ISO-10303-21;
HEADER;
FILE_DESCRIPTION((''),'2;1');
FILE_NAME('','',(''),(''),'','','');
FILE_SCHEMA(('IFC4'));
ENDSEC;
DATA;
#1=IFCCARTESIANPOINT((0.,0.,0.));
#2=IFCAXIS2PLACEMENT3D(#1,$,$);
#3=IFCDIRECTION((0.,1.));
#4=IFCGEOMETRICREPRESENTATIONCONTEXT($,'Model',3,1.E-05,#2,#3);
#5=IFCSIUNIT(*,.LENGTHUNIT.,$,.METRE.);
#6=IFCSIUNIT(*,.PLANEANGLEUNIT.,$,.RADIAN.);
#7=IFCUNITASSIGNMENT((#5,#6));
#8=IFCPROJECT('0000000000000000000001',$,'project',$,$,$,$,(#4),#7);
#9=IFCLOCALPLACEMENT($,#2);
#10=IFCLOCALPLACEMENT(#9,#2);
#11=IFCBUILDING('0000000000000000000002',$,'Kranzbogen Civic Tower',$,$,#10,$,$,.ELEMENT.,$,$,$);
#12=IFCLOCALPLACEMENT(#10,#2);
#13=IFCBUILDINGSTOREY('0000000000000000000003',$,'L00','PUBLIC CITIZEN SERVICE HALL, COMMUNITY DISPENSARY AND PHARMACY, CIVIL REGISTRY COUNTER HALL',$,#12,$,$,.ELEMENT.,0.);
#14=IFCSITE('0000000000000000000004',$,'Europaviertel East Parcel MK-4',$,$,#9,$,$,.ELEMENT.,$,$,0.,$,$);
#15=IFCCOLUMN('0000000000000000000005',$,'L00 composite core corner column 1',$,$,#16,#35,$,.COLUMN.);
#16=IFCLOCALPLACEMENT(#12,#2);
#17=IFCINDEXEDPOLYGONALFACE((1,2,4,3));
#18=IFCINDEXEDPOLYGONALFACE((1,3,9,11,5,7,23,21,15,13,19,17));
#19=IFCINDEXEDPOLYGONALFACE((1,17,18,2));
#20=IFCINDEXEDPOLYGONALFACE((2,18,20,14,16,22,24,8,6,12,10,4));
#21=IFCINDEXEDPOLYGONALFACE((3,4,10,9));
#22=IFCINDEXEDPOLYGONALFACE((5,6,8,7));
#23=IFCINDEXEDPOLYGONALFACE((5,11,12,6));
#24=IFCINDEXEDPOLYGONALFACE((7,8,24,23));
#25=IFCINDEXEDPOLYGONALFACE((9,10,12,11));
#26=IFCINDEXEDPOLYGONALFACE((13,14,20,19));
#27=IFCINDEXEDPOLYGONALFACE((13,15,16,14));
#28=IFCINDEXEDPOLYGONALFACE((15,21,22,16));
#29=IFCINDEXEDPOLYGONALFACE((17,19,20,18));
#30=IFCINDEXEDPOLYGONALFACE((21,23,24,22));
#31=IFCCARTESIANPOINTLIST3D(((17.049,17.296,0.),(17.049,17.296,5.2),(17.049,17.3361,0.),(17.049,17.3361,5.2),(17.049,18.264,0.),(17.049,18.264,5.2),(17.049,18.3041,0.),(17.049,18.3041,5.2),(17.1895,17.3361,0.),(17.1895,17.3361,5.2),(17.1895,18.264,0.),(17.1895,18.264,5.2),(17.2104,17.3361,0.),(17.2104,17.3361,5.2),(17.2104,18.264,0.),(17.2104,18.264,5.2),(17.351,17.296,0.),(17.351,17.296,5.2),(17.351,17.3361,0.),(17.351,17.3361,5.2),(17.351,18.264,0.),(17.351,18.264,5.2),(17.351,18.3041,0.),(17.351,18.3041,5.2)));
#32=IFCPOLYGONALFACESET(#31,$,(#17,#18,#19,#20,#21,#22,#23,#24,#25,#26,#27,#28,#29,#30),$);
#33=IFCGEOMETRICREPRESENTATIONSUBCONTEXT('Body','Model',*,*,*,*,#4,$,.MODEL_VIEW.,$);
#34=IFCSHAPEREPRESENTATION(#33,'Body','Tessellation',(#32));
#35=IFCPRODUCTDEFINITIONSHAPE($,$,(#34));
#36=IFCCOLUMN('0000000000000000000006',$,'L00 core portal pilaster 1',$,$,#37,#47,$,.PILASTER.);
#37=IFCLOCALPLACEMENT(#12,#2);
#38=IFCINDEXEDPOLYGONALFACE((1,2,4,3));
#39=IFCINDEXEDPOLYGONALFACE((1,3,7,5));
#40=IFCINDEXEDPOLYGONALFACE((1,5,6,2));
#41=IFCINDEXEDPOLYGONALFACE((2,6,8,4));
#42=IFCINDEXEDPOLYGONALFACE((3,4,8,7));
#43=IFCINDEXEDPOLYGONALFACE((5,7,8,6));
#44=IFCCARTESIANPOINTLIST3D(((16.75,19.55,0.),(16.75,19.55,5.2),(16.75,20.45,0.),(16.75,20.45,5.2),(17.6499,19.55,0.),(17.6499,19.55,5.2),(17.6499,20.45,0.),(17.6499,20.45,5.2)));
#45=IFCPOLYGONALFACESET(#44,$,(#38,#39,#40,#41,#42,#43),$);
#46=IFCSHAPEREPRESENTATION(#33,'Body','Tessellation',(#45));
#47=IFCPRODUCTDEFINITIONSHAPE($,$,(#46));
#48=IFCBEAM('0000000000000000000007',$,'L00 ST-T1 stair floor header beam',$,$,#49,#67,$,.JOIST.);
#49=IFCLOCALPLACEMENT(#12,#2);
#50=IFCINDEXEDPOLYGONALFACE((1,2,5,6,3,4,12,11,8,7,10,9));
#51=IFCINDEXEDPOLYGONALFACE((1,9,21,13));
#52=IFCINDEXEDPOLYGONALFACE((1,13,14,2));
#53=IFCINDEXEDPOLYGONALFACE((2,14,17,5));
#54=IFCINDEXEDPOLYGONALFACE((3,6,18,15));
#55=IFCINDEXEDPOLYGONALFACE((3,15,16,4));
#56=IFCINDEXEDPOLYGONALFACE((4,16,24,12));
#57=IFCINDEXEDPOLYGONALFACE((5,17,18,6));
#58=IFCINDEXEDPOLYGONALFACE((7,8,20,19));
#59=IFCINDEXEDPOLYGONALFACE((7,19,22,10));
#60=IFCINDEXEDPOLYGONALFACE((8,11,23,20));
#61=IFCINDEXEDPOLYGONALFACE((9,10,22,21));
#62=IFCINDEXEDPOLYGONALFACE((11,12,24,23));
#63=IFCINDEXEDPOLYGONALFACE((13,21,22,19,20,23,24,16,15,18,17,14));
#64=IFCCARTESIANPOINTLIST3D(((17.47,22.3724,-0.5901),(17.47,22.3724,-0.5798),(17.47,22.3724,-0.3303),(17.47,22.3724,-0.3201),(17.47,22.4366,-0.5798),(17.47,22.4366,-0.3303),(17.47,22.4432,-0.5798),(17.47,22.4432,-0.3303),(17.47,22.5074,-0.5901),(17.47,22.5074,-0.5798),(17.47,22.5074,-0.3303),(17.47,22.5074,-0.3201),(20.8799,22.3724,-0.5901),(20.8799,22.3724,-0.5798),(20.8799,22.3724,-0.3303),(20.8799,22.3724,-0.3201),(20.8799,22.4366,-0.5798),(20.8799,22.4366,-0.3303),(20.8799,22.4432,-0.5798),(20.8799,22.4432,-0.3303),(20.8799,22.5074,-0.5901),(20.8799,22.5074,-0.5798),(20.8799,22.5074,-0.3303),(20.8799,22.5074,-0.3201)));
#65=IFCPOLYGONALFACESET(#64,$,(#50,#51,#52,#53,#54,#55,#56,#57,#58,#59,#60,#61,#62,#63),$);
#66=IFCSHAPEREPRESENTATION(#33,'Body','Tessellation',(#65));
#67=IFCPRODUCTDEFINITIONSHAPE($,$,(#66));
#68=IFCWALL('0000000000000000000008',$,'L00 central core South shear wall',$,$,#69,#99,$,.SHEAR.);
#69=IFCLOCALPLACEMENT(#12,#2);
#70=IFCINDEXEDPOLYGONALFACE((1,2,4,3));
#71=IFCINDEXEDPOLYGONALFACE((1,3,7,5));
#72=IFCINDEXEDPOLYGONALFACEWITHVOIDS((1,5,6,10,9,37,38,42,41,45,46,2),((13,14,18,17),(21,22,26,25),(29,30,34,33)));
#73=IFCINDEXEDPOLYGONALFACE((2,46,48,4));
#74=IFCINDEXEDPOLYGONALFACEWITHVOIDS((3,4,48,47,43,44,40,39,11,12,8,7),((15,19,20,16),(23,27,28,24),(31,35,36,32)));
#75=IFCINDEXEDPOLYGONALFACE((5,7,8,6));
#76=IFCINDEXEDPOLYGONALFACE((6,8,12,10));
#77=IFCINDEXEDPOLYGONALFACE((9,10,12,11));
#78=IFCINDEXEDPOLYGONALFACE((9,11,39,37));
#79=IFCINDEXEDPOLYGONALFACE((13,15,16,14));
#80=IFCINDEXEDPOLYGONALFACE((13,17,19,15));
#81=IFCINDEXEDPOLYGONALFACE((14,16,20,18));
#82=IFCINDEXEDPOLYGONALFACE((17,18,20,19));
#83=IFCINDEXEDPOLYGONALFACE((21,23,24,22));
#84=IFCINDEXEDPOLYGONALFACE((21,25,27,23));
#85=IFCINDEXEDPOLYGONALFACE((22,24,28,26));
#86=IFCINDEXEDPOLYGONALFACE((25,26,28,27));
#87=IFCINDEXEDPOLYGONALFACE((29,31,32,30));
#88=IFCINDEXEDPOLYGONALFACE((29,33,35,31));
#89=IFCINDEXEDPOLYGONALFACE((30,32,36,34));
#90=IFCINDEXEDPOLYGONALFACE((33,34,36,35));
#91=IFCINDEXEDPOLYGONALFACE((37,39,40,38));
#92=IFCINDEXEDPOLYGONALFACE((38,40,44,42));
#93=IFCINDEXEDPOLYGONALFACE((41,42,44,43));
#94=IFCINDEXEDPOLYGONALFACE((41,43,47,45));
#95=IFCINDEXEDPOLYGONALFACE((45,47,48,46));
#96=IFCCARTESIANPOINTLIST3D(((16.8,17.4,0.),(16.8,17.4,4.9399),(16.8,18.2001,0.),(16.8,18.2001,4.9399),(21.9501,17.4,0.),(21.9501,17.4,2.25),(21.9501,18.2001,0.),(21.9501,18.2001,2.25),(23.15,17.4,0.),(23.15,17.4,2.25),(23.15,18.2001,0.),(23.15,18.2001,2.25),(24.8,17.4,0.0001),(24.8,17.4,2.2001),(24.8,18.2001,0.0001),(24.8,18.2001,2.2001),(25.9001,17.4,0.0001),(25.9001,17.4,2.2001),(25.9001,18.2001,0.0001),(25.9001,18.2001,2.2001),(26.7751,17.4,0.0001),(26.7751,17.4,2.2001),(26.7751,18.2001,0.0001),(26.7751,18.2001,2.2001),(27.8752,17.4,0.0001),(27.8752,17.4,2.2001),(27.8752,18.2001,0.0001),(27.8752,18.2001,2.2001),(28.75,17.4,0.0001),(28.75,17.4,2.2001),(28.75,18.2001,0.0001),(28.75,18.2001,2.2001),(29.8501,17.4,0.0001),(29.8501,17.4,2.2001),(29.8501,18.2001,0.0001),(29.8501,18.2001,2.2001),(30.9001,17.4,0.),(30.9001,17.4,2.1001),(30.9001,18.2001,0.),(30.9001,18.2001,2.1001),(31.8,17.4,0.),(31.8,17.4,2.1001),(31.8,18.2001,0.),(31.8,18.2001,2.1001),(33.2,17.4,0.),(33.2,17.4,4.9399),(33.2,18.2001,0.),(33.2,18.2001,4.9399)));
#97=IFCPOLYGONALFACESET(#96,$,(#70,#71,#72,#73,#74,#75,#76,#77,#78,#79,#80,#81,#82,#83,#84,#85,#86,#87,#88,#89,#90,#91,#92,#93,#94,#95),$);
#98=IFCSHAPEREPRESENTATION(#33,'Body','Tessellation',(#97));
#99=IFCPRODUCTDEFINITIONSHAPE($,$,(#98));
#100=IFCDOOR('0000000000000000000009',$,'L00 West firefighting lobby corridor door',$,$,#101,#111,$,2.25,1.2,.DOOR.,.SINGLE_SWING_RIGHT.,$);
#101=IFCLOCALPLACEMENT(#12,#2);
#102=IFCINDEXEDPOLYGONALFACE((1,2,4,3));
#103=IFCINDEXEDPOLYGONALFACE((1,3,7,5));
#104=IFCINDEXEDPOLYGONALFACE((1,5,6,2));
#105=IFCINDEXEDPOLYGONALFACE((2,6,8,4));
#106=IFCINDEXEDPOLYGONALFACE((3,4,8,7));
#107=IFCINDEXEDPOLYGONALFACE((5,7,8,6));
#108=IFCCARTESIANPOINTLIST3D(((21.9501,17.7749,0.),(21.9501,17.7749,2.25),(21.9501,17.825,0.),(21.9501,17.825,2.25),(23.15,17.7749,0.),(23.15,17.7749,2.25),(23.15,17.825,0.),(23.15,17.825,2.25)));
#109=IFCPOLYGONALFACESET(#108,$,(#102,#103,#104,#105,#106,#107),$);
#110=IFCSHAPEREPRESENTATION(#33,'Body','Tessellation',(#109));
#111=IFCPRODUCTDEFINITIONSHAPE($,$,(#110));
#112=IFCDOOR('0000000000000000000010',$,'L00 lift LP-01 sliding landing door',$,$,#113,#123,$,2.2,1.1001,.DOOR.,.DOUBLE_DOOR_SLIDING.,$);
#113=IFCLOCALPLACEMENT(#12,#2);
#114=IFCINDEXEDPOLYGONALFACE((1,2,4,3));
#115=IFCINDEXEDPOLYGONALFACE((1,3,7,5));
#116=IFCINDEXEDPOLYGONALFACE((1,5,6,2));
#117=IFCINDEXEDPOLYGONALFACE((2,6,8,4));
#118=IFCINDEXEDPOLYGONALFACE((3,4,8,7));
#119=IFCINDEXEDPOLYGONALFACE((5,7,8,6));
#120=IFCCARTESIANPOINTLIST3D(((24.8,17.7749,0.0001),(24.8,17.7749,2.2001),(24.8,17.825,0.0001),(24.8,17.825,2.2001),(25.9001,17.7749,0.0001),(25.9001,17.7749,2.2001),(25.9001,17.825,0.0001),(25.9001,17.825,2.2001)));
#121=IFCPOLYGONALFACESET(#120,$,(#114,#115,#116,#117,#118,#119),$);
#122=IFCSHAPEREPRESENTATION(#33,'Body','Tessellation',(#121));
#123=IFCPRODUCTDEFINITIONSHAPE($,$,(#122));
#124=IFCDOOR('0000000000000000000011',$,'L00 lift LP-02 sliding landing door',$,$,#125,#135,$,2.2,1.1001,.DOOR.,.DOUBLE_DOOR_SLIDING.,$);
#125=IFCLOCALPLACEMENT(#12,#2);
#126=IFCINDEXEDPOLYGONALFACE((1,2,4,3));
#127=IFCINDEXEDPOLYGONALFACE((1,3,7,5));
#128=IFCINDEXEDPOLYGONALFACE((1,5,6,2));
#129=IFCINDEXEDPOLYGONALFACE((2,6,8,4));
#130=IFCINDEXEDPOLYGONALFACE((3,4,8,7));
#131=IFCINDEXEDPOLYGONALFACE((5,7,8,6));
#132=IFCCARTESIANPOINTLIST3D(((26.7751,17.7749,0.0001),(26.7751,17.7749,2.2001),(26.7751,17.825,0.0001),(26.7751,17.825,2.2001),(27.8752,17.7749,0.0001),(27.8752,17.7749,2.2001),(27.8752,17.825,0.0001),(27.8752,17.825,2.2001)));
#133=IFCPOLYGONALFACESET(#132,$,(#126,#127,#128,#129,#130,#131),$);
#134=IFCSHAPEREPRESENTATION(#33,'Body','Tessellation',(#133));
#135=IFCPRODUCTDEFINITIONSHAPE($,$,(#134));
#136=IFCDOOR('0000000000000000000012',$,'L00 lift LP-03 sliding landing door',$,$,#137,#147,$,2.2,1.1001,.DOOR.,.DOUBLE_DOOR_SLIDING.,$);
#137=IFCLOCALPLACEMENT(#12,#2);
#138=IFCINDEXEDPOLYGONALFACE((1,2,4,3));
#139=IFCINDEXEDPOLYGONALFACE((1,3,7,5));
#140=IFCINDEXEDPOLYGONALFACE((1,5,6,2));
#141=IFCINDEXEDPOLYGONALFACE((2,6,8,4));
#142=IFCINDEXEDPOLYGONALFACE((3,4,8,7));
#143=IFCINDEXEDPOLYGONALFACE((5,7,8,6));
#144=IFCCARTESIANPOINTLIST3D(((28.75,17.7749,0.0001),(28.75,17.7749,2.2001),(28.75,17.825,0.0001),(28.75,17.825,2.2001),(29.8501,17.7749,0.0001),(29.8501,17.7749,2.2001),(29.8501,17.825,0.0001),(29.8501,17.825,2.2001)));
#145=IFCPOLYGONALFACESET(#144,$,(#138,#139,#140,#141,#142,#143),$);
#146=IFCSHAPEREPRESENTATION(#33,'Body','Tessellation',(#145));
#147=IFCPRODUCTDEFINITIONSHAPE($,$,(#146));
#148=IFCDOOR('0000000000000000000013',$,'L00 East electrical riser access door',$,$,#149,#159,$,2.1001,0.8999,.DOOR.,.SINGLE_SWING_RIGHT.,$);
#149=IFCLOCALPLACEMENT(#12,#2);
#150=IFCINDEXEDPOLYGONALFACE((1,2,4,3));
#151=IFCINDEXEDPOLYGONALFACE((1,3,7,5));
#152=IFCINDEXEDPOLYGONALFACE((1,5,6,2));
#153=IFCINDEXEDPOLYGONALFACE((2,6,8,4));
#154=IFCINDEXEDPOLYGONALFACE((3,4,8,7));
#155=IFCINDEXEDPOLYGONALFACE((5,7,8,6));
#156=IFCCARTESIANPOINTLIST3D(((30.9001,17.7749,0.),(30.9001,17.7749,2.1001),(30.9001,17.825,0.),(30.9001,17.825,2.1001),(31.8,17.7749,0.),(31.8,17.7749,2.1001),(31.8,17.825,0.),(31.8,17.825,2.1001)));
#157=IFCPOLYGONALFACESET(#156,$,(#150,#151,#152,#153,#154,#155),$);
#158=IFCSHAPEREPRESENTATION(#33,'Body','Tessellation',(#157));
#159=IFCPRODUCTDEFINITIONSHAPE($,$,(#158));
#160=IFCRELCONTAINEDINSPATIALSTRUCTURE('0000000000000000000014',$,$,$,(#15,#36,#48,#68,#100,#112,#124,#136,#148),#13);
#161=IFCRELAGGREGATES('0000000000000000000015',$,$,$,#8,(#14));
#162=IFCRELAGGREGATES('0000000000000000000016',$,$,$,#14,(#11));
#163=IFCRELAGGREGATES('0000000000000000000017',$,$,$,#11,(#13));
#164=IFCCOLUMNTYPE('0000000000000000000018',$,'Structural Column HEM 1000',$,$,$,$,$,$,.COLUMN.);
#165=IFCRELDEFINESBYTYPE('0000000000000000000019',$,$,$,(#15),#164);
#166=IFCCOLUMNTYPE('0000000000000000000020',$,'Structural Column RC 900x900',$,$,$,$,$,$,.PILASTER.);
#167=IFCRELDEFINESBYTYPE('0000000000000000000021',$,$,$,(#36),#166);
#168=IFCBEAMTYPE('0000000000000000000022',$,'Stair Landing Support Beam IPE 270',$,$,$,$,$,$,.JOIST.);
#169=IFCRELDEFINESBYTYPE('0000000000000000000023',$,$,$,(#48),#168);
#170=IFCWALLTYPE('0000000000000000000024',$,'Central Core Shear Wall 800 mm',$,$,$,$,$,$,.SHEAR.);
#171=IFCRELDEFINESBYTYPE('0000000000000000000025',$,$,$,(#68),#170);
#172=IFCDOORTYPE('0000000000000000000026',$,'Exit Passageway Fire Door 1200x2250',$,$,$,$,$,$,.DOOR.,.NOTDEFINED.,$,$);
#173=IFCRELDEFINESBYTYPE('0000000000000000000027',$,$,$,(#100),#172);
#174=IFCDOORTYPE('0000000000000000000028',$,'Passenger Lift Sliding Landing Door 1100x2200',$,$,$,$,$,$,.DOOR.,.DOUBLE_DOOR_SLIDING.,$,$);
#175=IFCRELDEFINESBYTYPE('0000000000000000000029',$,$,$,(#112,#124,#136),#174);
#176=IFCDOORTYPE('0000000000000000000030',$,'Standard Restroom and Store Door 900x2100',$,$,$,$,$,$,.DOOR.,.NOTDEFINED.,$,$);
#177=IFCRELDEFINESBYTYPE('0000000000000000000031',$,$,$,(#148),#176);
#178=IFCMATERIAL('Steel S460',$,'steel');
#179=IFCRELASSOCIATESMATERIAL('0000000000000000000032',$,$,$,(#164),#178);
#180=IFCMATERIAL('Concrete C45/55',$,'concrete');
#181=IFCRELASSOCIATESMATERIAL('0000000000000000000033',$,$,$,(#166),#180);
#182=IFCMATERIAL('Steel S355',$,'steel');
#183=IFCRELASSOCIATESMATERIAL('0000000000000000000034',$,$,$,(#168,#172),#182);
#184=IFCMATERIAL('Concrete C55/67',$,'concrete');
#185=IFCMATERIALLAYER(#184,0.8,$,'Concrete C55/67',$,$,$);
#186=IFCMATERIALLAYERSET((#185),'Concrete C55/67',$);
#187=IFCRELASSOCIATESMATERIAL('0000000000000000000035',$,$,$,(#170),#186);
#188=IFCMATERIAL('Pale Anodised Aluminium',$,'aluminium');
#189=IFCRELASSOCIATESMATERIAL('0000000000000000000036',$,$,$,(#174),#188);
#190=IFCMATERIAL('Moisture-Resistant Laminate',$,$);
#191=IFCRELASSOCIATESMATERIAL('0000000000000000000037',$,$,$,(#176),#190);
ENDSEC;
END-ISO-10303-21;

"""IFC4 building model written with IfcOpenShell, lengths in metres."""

from ifc_helpers import new_model, si_unit, direction, frame, frame_2d, origin, origin_2d, place, context, subcontext, project, spatial, rectangle, i_section, extrude, material, layer, layer_set, material_profile, profile_set, type_object, element, fill, save


model = new_model("IFC4")

# Units and contexts
model_context = context("Model", 3, precision=1e-05, world=origin(), true_north=direction((0.0, 1.0)))
body_context = subcontext(model_context, "Body", "Model", "MODEL_VIEW")
ifc_project = project(units=[si_unit("LENGTHUNIT", "METRE"), si_unit("PLANEANGLEUNIT", "RADIAN")], contexts=[model_context])

# Site, building, storey
site_placement = place(None, origin())
site = spatial("IfcSite", under=ifc_project, at=site_placement, Name="Europaviertel East Parcel MK-4", CompositionType="ELEMENT", RefElevation=0.0)
building_placement = place(site_placement, origin())
building = spatial("IfcBuilding", under=site, at=building_placement, Name="Kranzbogen Civic Tower", CompositionType="ELEMENT")
storey_placement = place(building_placement, origin())
storey = spatial("IfcBuildingStorey", under=building, at=storey_placement, Name="L00", Description="PUBLIC CITIZEN SERVICE HALL, COMMUNITY DISPENSARY AND PHARMACY, CIVIL REGISTRY COUNTER HALL", CompositionType="ELEMENT", Elevation=0.0)

# Columns
ifc_material_1 = material(Name="Steel S460", Category="steel")
ifc_material_profile_1 = material_profile(ifc_material_1, i_section(OverallWidth=0.302, OverallDepth=1.0081, WebThickness=0.021, FlangeThickness=0.04, at=origin_2d()), Name="HEM 1000")
ifc_profile_set_1 = profile_set([ifc_material_profile_1], Name="Steel S460")
column_type_1 = type_object("IfcColumnType", Name="Structural Column HEM 1000", PredefinedType="COLUMN", material=ifc_profile_set_1)
column_1_placement = place(storey_placement, frame((17.2, 17.8, 0.0), z_axis=(0.0, 0.0, 1.0), x_axis=(1.0, 0.0, 0.0)))
element("IfcColumn", 1, at=column_1_placement, inside=storey, type_object=column_type_1, Name="L00 composite core corner column 1", PredefinedType="COLUMN", context=body_context, shape_type="SweptSolid", body=[
    extrude(i_section(OverallWidth=0.302, OverallDepth=1.0081, WebThickness=0.021, FlangeThickness=0.04, at=origin_2d()), origin(), (0.0, 0.0, 1.0), 5.2),
])
ifc_material_2 = material(Name="Concrete C45/55", Category="concrete")
ifc_material_profile_2 = material_profile(ifc_material_2, rectangle(XDim=0.8999, YDim=0.8999, at=origin_2d()), Name="RC 900x900")
ifc_profile_set_2 = profile_set([ifc_material_profile_2], Name="Concrete C45/55")
column_type_2 = type_object("IfcColumnType", Name="Structural Column RC 900x900", PredefinedType="PILASTER", material=ifc_profile_set_2)
column_2_placement = place(storey_placement, frame((17.2, 20.0, 0.0), z_axis=(0.0, 0.0, 1.0), x_axis=(1.0, 0.0, 0.0)))
element("IfcColumn", 2, at=column_2_placement, inside=storey, type_object=column_type_2, Name="L00 core portal pilaster 1", PredefinedType="PILASTER", context=body_context, shape_type="SweptSolid", body=[
    extrude(rectangle(XDim=0.8999, YDim=0.8999, at=origin_2d()), origin(), (0.0, 0.0, 1.0), 5.2),
])

# Beam
ifc_material_3 = material(Name="Steel S355", Category="steel")
ifc_material_profile_3 = material_profile(ifc_material_3, i_section(OverallWidth=0.135, OverallDepth=0.27, WebThickness=0.0066, FlangeThickness=0.0103, at=origin_2d()), Name="IPE 270")
ifc_profile_set_3 = profile_set([ifc_material_profile_3], Name="Steel S355")
beam_type = type_object("IfcBeamType", Name="Stair Landing Support Beam IPE 270", PredefinedType="JOIST", material=ifc_profile_set_3)
beam_placement = place(storey_placement, frame((20.8799, 22.4399, -0.4551), z_axis=(-1.0, 0.0, 0.0), x_axis=(0.0, -1.0, 0.0)))
element("IfcBeam", 3, at=beam_placement, inside=storey, type_object=beam_type, Name="L00 ST-T1 stair floor header beam", PredefinedType="JOIST", context=body_context, shape_type="SweptSolid", body=[
    extrude(i_section(OverallWidth=0.135, OverallDepth=0.27, WebThickness=0.0066, FlangeThickness=0.0103, at=origin_2d()), origin(), (0.0, 0.0, 1.0), 3.4099),
])

# Wall, openings, doors
ifc_material_4 = material(Name="Concrete C55/67", Category="concrete")
ifc_layer_1 = layer(ifc_material_4, 0.8, Name="Concrete C55/67")
ifc_layer_set_1 = layer_set([ifc_layer_1], Name="Concrete C55/67")
wall_type_1 = type_object("IfcWallType", Name="Central Core Shear Wall 800 mm", PredefinedType="SHEAR", material=ifc_layer_set_1)
wall_1_placement = place(storey_placement, frame((16.8, 17.8, 0.0), z_axis=(0.0, 0.0, 1.0), x_axis=(1.0, 0.0, 0.0)))
wall_1 = element("IfcWall", 4, at=wall_1_placement, inside=storey, type_object=wall_type_1, Name="L00 central core South shear wall", PredefinedType="SHEAR", context=body_context, shape_type="SweptSolid", body=[
    extrude(rectangle(XDim=16.3999, YDim=0.8, at=frame_2d((8.2, 0.0))), origin(), (0.0, 0.0, 1.0), 4.9399),
])
opening_1_placement = place(wall_1_placement, frame((5.1499, 0.0, 0.0)))
opening_1 = element("IfcOpeningElement", 5, at=opening_1_placement, cuts=wall_1, PredefinedType="OPENING", context=body_context, shape_type="SweptSolid", body=[
    extrude(rectangle(XDim=1.2, YDim=2.25, at=frame_2d((0.6001, 1.125))), frame((0.0, 0.4102, 0.0), z_axis=(0.0, -1.0, 0.0), x_axis=(1.0, 0.0, 0.0)), (0.0, 0.0, 1.0), 0.8201),
])
opening_2_placement = place(wall_1_placement, frame((14.1001, 0.0, 0.0)))
opening_2 = element("IfcOpeningElement", 6, at=opening_2_placement, cuts=wall_1, PredefinedType="OPENING", context=body_context, shape_type="SweptSolid", body=[
    extrude(rectangle(XDim=0.8999, YDim=2.1001, at=frame_2d((0.45, 1.05))), frame((0.0, 0.4102, 0.0), z_axis=(0.0, -1.0, 0.0), x_axis=(1.0, 0.0, 0.0)), (0.0, 0.0, 1.0), 0.8201),
])
opening_3_placement = place(wall_1_placement, frame((8.0, 0.0, 0.0)))
opening_3 = element("IfcOpeningElement", 7, at=opening_3_placement, cuts=wall_1, PredefinedType="OPENING", context=body_context, shape_type="SweptSolid", body=[
    extrude(rectangle(XDim=1.1001, YDim=2.2, at=frame_2d((0.55, 1.1001))), frame((0.0, 0.4102, 0.0), z_axis=(0.0, -1.0, 0.0), x_axis=(1.0, 0.0, 0.0)), (0.0, 0.0, 1.0), 0.8201),
])
opening_4_placement = place(wall_1_placement, frame((9.9751, 0.0, 0.0)))
opening_4 = element("IfcOpeningElement", 8, at=opening_4_placement, cuts=wall_1, PredefinedType="OPENING", context=body_context, shape_type="SweptSolid", body=[
    extrude(rectangle(XDim=1.1001, YDim=2.2, at=frame_2d((0.55, 1.1001))), frame((0.0, 0.4102, 0.0), z_axis=(0.0, -1.0, 0.0), x_axis=(1.0, 0.0, 0.0)), (0.0, 0.0, 1.0), 0.8201),
])
opening_5_placement = place(wall_1_placement, frame((11.95, 0.0, 0.0)))
opening_5 = element("IfcOpeningElement", 9, at=opening_5_placement, cuts=wall_1, PredefinedType="OPENING", context=body_context, shape_type="SweptSolid", body=[
    extrude(rectangle(XDim=1.1001, YDim=2.2, at=frame_2d((0.55, 1.1001))), frame((0.0, 0.4102, 0.0), z_axis=(0.0, -1.0, 0.0), x_axis=(1.0, 0.0, 0.0)), (0.0, 0.0, 1.0), 0.8201),
])
door_type_1 = type_object("IfcDoorType", Name="Exit Passageway Fire Door 1200x2250", OperationType="NOTDEFINED", PredefinedType="DOOR", material=ifc_material_3)
door_1_placement = place(opening_1_placement, origin())
door_1 = element("IfcDoor", 10, at=door_1_placement, inside=storey, type_object=door_type_1, Name="L00 West firefighting lobby corridor door", OperationType="SINGLE_SWING_RIGHT", OverallHeight=2.25, OverallWidth=1.2, PredefinedType="DOOR", context=body_context, shape_type="SweptSolid", body=[
    extrude(rectangle(XDim=1.2, YDim=2.25, at=frame_2d((0.6001, 1.125))), frame((0.0, 0.0249, 0.0), z_axis=(0.0, -1.0, 0.0), x_axis=(1.0, 0.0, 0.0)), (0.0, 0.0, 1.0), 0.05),
])
fill(opening_1, door_1)
ifc_material_5 = material(Name="Pale Anodised Aluminium", Category="aluminium")
door_type_2 = type_object("IfcDoorType", Name="Passenger Lift Sliding Landing Door 1100x2200", OperationType="DOUBLE_DOOR_SLIDING", PredefinedType="DOOR", material=ifc_material_5)
door_2_placement = place(opening_3_placement, origin())
door_2 = element("IfcDoor", 11, at=door_2_placement, inside=storey, type_object=door_type_2, Name="L00 lift LP-01 sliding landing door", OperationType="DOUBLE_DOOR_SLIDING", OverallHeight=2.2, OverallWidth=1.1001, PredefinedType="DOOR", context=body_context, shape_type="SweptSolid", body=[
    extrude(rectangle(XDim=1.1001, YDim=2.2, at=frame_2d((0.55, 1.1001))), frame((0.0, 0.0249, 0.0), z_axis=(0.0, -1.0, 0.0), x_axis=(1.0, 0.0, 0.0)), (0.0, 0.0, 1.0), 0.05),
])
fill(opening_3, door_2)
door_3_placement = place(opening_4_placement, origin())
door_3 = element("IfcDoor", 12, at=door_3_placement, inside=storey, type_object=door_type_2, Name="L00 lift LP-02 sliding landing door", OperationType="DOUBLE_DOOR_SLIDING", OverallHeight=2.2, OverallWidth=1.1001, PredefinedType="DOOR", context=body_context, shape_type="SweptSolid", body=[
    extrude(rectangle(XDim=1.1001, YDim=2.2, at=frame_2d((0.55, 1.1001))), frame((0.0, 0.0249, 0.0), z_axis=(0.0, -1.0, 0.0), x_axis=(1.0, 0.0, 0.0)), (0.0, 0.0, 1.0), 0.05),
])
fill(opening_4, door_3)
door_4_placement = place(opening_5_placement, origin())
door_4 = element("IfcDoor", 13, at=door_4_placement, inside=storey, type_object=door_type_2, Name="L00 lift LP-03 sliding landing door", OperationType="DOUBLE_DOOR_SLIDING", OverallHeight=2.2, OverallWidth=1.1001, PredefinedType="DOOR", context=body_context, shape_type="SweptSolid", body=[
    extrude(rectangle(XDim=1.1001, YDim=2.2, at=frame_2d((0.55, 1.1001))), frame((0.0, 0.0249, 0.0), z_axis=(0.0, -1.0, 0.0), x_axis=(1.0, 0.0, 0.0)), (0.0, 0.0, 1.0), 0.05),
])
fill(opening_5, door_4)
ifc_material_6 = material(Name="Moisture-Resistant Laminate")
door_type_3 = type_object("IfcDoorType", Name="Standard Restroom and Store Door 900x2100", OperationType="NOTDEFINED", PredefinedType="DOOR", material=ifc_material_6)
door_5_placement = place(opening_2_placement, origin())
door_5 = element("IfcDoor", 14, at=door_5_placement, inside=storey, type_object=door_type_3, Name="L00 East electrical riser access door", OperationType="SINGLE_SWING_RIGHT", OverallHeight=2.1001, OverallWidth=0.8999, PredefinedType="DOOR", context=body_context, shape_type="SweptSolid", body=[
    extrude(rectangle(XDim=0.8999, YDim=2.1001, at=frame_2d((0.45, 1.05))), frame((0.0, 0.0249, 0.0), z_axis=(0.0, -1.0, 0.0), x_axis=(1.0, 0.0, 0.0)), (0.0, 0.0, 1.0), 0.05),
])
fill(opening_2, door_5)

save(model, "model.ifc")
